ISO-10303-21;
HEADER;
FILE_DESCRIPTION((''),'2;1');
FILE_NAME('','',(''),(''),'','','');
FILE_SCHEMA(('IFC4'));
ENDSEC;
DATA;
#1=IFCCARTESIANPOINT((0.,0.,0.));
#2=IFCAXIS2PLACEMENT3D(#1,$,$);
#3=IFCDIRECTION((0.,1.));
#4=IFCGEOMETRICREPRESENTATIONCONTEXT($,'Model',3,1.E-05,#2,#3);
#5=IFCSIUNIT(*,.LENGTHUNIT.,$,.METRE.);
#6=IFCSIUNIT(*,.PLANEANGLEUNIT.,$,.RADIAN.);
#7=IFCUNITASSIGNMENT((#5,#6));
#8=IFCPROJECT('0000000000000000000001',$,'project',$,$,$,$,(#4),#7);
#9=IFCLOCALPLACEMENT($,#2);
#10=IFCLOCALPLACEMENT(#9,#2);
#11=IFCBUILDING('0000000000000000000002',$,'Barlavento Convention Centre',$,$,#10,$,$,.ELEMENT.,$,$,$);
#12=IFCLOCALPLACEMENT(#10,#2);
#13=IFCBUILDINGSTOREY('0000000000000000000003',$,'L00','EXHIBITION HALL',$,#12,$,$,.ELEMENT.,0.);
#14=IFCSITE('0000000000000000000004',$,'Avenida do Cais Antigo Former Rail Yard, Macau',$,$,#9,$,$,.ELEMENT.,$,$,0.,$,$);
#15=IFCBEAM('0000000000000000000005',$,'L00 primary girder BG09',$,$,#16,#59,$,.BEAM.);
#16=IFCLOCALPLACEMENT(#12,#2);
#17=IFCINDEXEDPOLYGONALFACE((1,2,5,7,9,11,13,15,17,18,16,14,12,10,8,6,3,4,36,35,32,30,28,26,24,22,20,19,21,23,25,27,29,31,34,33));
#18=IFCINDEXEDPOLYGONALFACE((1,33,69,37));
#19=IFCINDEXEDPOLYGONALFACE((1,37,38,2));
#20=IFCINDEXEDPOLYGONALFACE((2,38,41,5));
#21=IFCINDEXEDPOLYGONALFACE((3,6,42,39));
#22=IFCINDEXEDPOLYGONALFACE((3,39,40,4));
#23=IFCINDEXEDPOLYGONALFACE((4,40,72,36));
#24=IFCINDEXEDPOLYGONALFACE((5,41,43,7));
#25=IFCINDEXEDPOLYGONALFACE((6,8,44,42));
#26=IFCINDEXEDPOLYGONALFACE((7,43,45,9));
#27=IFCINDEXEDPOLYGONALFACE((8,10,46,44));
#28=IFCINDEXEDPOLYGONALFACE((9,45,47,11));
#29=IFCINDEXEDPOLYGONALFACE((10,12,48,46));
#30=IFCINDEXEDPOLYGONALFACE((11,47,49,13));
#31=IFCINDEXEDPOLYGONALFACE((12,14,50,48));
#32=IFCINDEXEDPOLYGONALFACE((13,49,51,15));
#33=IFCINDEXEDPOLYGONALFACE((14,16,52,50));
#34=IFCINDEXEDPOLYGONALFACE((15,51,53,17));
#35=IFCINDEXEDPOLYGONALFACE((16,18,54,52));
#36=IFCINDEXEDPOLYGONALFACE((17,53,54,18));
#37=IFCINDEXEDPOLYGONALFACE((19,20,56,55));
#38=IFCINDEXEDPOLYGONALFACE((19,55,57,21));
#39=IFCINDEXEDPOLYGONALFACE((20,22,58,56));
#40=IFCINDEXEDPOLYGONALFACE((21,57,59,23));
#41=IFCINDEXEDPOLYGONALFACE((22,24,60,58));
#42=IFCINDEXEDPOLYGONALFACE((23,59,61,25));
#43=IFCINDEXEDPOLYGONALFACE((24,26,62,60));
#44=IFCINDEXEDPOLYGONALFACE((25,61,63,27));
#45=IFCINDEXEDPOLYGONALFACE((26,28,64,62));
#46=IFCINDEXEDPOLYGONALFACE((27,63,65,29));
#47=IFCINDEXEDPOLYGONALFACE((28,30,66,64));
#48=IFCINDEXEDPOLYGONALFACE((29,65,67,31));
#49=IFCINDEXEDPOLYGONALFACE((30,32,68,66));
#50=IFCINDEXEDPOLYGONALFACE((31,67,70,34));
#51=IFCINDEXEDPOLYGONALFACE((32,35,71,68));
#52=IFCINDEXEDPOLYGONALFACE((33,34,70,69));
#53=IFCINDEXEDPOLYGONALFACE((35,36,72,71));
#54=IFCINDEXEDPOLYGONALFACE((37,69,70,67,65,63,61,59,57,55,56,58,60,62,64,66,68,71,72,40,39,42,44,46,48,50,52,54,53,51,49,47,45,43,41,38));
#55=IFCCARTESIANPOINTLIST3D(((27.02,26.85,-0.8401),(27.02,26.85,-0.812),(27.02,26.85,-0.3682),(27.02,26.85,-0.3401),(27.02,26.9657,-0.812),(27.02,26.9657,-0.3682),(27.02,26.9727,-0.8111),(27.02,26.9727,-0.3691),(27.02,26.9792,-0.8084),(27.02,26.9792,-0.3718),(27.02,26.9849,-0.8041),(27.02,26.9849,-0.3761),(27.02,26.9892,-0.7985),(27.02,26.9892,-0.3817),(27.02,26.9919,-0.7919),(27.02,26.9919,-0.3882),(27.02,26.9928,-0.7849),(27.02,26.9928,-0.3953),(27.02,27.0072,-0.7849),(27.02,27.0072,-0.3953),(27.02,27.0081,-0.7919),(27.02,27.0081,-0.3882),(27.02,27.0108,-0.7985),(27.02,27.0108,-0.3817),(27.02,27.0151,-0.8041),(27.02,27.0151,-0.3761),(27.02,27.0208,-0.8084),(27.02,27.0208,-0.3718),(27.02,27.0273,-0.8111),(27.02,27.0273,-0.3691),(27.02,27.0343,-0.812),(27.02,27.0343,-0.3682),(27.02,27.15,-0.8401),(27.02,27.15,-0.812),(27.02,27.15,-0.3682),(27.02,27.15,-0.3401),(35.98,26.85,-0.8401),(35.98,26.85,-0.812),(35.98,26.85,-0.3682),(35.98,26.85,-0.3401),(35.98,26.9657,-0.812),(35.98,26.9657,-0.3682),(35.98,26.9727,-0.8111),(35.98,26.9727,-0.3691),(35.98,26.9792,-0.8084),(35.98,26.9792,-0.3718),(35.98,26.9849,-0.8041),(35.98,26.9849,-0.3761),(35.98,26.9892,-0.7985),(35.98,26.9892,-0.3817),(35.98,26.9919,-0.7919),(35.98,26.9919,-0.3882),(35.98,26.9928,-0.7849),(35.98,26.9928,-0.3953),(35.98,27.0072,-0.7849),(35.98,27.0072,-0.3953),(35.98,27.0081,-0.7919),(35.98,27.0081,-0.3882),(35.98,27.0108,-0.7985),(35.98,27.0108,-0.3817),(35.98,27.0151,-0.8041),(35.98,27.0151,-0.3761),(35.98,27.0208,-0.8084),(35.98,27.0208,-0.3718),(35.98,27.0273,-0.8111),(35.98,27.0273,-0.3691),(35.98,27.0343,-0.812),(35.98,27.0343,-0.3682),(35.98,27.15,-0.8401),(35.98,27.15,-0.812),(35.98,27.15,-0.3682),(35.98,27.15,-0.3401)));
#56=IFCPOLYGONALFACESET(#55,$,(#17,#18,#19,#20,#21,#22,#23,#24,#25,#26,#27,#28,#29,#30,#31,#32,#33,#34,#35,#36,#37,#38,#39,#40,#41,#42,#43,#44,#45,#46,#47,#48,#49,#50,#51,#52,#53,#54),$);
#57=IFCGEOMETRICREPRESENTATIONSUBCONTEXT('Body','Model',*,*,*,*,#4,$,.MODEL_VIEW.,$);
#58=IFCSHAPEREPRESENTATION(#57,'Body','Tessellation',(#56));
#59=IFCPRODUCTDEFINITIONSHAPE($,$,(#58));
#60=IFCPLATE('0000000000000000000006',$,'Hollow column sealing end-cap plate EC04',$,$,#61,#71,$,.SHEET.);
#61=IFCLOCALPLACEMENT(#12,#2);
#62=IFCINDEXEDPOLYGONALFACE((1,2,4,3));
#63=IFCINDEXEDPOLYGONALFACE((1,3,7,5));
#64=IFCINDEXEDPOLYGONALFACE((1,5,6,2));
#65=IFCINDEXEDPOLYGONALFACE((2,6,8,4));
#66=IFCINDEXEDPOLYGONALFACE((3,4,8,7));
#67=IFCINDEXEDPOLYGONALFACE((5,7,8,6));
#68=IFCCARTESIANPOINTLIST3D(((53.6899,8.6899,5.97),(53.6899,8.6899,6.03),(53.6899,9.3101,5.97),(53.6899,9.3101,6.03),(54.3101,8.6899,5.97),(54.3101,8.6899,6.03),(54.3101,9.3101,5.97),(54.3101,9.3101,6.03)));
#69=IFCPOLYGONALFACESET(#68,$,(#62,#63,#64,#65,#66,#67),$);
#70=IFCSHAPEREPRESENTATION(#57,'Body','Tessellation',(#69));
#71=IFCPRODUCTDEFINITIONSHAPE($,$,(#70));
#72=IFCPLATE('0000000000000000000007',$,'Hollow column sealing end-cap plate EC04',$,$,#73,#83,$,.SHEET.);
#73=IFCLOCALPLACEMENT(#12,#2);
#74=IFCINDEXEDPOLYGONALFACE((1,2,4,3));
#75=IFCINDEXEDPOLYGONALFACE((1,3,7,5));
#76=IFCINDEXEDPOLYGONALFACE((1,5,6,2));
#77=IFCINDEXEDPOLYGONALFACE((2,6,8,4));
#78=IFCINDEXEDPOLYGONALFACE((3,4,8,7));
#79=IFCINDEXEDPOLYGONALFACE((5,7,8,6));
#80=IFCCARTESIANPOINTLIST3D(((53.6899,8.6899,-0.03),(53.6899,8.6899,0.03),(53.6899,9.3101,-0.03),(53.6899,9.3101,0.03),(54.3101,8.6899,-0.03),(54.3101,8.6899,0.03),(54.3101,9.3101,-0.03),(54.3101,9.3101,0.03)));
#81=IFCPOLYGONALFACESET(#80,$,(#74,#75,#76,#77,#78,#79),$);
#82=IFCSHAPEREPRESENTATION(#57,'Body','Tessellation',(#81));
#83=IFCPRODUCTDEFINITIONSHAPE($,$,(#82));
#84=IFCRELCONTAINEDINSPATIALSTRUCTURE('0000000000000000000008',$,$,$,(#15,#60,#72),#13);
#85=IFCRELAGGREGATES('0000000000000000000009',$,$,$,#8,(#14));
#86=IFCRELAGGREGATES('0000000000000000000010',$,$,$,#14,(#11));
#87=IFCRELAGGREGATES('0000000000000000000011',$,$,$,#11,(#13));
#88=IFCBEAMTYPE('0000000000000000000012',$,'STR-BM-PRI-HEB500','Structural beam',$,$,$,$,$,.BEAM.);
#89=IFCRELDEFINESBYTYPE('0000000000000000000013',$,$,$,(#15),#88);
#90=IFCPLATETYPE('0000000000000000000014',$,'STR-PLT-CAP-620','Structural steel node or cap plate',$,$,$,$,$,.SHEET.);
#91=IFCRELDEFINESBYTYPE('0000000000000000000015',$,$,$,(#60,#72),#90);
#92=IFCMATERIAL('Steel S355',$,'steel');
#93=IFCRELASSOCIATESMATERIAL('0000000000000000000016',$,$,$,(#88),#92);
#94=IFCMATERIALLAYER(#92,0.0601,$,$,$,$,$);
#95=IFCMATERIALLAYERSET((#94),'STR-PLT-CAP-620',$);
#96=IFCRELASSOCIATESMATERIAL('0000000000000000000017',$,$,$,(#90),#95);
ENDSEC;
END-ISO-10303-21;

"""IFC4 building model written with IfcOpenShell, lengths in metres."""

from ifc_helpers import new_model, si_unit, direction, frame, origin, origin_2d, place, context, subcontext, project, spatial, rectangle, i_section, extrude, material, layer, layer_set, material_profile, profile_set, type_object, element, save


model = new_model("IFC4")

# Units and contexts
model_context = context("Model", 3, precision=1e-05, world=origin(), true_north=direction((0.0, 1.0)))
body_context = subcontext(model_context, "Body", "Model", "MODEL_VIEW")
ifc_project = project(units=[si_unit("LENGTHUNIT", "METRE"), si_unit("PLANEANGLEUNIT", "RADIAN")], contexts=[model_context])

# Site, building, storey
site_placement = place(None, origin())
site = spatial("IfcSite", under=ifc_project, at=site_placement, Name="Avenida do Cais Antigo Former Rail Yard, Macau", CompositionType="ELEMENT", RefElevation=0.0)
building_placement = place(site_placement, origin())
building = spatial("IfcBuilding", under=site, at=building_placement, Name="Barlavento Convention Centre", CompositionType="ELEMENT")
storey_placement = place(building_placement, origin())
storey = spatial("IfcBuildingStorey", under=building, at=storey_placement, Name="L00", Description="EXHIBITION HALL", CompositionType="ELEMENT", Elevation=0.0)

# Beam
ifc_material_1 = material(Name="Steel S355", Category="steel")
ifc_material_profile_1 = material_profile(ifc_material_1, i_section(OverallWidth=0.3, OverallDepth=0.5, WebThickness=0.0144, FlangeThickness=0.0281, FilletRadius=0.0271, at=origin_2d()), Name="HEB 500")
ifc_profile_set_1 = profile_set([ifc_material_profile_1], Name="Steel S355")
beam_type_1 = type_object("IfcBeamType", Name="STR-BM-PRI-HEB500", Description="Structural beam", PredefinedType="BEAM", material=ifc_profile_set_1)
beam_1_placement = place(storey_placement, frame((27.02, 27.0, -0.5901), z_axis=(1.0, 0.0, 0.0), x_axis=(0.0, 1.0, 0.0)))
element("IfcBeam", 1, at=beam_1_placement, inside=storey, type_object=beam_type_1, Name="L00 primary girder BG09", PredefinedType="BEAM", context=body_context, shape_type="SweptSolid", body=[
    extrude(i_section(OverallWidth=0.3, OverallDepth=0.5, WebThickness=0.0144, FlangeThickness=0.0281, FilletRadius=0.0271, at=origin_2d()), origin(), (0.0, 0.0, 1.0), 8.96),
])

# Plates
ifc_layer = layer(ifc_material_1, 0.0601)
ifc_layer_set = layer_set([ifc_layer], Name="STR-PLT-CAP-620")
plate_type = type_object("IfcPlateType", Name="STR-PLT-CAP-620", Description="Structural steel node or cap plate", PredefinedType="SHEET", material=ifc_layer_set)
for number, where, z_axis, x_axis, name in (
    (2, (54.0, 9.0, 5.97), (0.0, 0.0, 1.0), (1.0, 0.0, 0.0), "Hollow column sealing end-cap plate EC04"),
    (3, (54.0, 9.0, -0.03), (0.0, 0.0, 1.0), (1.0, 0.0, 0.0), "Hollow column sealing end-cap plate EC04"),
):
    element("IfcPlate", number, at=place(storey_placement, frame(where, z_axis=z_axis, x_axis=x_axis)), inside=storey, type_object=plate_type, Name=name, PredefinedType="SHEET", context=body_context, shape_type="SweptSolid", body=[
        extrude(rectangle(XDim=0.6201, YDim=0.6201, at=origin_2d()), origin(), (0.0, 0.0, 1.0), 0.0601),
    ])

save(model, "model.ifc")
